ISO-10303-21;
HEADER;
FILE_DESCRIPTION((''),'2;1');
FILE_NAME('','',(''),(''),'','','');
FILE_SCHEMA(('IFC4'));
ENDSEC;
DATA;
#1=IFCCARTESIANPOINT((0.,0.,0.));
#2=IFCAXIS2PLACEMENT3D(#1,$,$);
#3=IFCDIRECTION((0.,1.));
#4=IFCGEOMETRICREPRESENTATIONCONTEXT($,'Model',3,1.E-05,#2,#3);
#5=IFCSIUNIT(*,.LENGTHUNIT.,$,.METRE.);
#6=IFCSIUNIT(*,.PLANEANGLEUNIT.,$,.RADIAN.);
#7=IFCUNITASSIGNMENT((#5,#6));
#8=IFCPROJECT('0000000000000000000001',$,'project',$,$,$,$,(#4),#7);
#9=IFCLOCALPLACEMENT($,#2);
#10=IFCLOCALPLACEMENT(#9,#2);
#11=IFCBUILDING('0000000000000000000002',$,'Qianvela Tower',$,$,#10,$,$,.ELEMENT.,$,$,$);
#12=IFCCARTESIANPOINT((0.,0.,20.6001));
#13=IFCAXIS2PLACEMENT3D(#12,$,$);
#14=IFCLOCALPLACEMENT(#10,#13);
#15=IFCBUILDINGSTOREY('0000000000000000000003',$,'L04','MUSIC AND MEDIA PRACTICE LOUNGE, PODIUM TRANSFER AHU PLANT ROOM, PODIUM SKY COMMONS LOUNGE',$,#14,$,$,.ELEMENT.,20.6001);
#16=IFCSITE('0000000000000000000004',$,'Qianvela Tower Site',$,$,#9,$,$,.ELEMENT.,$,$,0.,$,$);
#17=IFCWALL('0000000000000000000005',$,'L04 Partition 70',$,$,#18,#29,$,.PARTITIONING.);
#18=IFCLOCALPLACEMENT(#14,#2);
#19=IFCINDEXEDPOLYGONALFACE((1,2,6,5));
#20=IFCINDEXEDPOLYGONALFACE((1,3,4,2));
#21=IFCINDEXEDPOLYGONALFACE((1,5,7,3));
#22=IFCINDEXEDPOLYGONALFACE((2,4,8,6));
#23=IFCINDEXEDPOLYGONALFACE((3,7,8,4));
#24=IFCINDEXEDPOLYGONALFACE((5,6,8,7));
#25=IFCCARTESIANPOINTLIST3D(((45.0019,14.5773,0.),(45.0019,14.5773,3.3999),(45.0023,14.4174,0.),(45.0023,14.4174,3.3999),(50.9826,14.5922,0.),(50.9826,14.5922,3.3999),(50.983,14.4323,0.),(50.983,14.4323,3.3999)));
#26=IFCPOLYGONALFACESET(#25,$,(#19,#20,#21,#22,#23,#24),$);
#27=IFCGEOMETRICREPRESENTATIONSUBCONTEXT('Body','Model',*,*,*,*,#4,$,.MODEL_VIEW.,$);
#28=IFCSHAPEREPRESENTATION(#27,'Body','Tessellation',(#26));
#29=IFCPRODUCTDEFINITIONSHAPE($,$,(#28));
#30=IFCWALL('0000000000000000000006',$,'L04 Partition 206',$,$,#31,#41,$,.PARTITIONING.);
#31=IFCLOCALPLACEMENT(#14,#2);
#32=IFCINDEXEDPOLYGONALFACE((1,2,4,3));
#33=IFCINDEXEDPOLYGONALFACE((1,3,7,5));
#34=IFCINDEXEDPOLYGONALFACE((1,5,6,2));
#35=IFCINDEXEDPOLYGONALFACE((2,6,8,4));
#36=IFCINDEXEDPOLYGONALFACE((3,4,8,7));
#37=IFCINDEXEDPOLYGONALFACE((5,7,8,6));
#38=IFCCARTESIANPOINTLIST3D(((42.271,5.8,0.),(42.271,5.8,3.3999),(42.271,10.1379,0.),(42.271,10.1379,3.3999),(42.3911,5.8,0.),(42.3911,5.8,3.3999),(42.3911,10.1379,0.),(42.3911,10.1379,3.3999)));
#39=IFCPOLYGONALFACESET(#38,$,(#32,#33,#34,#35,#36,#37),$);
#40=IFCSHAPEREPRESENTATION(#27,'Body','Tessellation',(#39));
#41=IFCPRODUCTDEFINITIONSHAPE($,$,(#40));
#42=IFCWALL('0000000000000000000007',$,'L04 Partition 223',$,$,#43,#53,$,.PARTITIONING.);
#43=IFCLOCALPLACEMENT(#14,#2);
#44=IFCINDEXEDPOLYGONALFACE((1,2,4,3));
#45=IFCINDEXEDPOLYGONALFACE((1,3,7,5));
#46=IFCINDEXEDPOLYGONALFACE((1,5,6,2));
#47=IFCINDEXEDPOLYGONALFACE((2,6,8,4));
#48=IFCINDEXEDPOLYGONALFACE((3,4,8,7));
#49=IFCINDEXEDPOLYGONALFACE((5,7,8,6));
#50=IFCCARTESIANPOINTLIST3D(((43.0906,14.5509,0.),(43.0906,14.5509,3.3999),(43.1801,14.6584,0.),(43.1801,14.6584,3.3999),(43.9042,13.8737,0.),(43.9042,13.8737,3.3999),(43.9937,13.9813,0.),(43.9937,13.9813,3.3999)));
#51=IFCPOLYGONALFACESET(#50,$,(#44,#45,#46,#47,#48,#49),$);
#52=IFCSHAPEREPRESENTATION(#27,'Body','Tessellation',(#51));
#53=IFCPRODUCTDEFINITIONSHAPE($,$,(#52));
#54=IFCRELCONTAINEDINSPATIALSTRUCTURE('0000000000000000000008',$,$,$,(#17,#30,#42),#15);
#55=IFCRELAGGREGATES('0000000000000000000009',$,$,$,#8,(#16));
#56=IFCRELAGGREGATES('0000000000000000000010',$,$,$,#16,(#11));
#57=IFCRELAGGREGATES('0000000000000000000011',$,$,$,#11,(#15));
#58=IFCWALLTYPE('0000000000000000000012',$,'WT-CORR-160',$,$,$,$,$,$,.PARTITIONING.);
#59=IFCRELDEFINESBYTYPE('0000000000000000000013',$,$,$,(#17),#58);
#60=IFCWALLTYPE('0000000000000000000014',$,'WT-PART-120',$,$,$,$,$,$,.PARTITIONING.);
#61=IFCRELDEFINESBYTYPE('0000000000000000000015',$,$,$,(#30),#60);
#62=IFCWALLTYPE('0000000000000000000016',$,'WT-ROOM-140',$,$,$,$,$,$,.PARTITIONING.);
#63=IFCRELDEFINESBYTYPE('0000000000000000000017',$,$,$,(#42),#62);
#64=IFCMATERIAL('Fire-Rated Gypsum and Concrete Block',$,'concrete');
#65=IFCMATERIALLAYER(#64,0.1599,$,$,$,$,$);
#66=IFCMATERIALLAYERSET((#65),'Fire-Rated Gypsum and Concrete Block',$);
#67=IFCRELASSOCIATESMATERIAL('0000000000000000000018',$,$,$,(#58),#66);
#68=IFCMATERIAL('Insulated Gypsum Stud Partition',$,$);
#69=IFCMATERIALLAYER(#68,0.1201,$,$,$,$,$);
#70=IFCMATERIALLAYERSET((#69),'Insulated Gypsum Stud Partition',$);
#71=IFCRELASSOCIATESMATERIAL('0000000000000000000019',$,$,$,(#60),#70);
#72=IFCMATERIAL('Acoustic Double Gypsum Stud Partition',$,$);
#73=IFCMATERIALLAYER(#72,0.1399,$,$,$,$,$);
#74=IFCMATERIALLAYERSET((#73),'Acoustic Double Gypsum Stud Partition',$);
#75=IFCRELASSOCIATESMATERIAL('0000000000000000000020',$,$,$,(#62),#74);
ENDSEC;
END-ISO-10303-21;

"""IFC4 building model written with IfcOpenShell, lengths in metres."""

from ifc_helpers import new_model, si_unit, direction, frame, frame_2d, origin, place, context, subcontext, project, spatial, rectangle, extrude, material, layer, layer_set, type_object, element, save


model = new_model("IFC4")

# Units and contexts
model_context = context("Model", 3, precision=1e-05, world=origin(), true_north=direction((0.0, 1.0)))
body_context = subcontext(model_context, "Body", "Model", "MODEL_VIEW")
ifc_project = project(units=[si_unit("LENGTHUNIT", "METRE"), si_unit("PLANEANGLEUNIT", "RADIAN")], contexts=[model_context])

# Site, building, storey
site_placement = place(None, origin())
site = spatial("IfcSite", under=ifc_project, at=site_placement, Name="Qianvela Tower Site", CompositionType="ELEMENT", RefElevation=0.0)
building_placement = place(site_placement, origin())
building = spatial("IfcBuilding", under=site, at=building_placement, Name="Qianvela Tower", CompositionType="ELEMENT")
storey_placement = place(building_placement, frame((0.0, 0.0, 20.6001)))
storey = spatial("IfcBuildingStorey", under=building, at=storey_placement, Name="L04", Description="MUSIC AND MEDIA PRACTICE LOUNGE, PODIUM TRANSFER AHU PLANT ROOM, PODIUM SKY COMMONS LOUNGE", CompositionType="ELEMENT", Elevation=20.6001)

# Walls
ifc_material_1 = material(Name="Fire-Rated Gypsum and Concrete Block", Category="concrete")
ifc_layer_1 = layer(ifc_material_1, 0.1599)
ifc_layer_set_1 = layer_set([ifc_layer_1], Name="Fire-Rated Gypsum and Concrete Block")
wall_type_1 = type_object("IfcWallType", Name="WT-CORR-160", PredefinedType="PARTITIONING", material=ifc_layer_set_1)
wall_1_placement = place(storey_placement, frame((45.0022, 14.4973, 0.0), z_axis=(0.0, 0.0, 1.0), x_axis=(0.999997, 0.00249, 0.0)))
element("IfcWall", 1, at=wall_1_placement, inside=storey, type_object=wall_type_1, Name="L04 Partition 70", PredefinedType="PARTITIONING", context=body_context, shape_type="SweptSolid", body=[
    extrude(rectangle(XDim=5.9807, YDim=0.1599, at=frame_2d((2.9902, 0.0))), origin(), (0.0, 0.0, 1.0), 3.3999),
])
ifc_material_2 = material(Name="Insulated Gypsum Stud Partition")
ifc_layer_2 = layer(ifc_material_2, 0.1201)
ifc_layer_set_2 = layer_set([ifc_layer_2], Name="Insulated Gypsum Stud Partition")
wall_type_2 = type_object("IfcWallType", Name="WT-PART-120", PredefinedType="PARTITIONING", material=ifc_layer_set_2)
wall_2_placement = place(storey_placement, frame((42.3311, 5.8, 0.0), z_axis=(0.0, 0.0, 1.0), x_axis=(0.0, 1.0, 0.0)))
element("IfcWall", 2, at=wall_2_placement, inside=storey, type_object=wall_type_2, Name="L04 Partition 206", PredefinedType="PARTITIONING", context=body_context, shape_type="SweptSolid", body=[
    extrude(rectangle(XDim=4.3379, YDim=0.1201, at=frame_2d((2.1689, 0.0))), origin(), (0.0, 0.0, 1.0), 3.3999),
])
ifc_material_3 = material(Name="Acoustic Double Gypsum Stud Partition")
ifc_layer_3 = layer(ifc_material_3, 0.1399)
ifc_layer_set_3 = layer_set([ifc_layer_3], Name="Acoustic Double Gypsum Stud Partition")
wall_type_3 = type_object("IfcWallType", Name="WT-ROOM-140", PredefinedType="PARTITIONING", material=ifc_layer_set_3)
wall_3_placement = place(storey_placement, frame((43.949, 13.9275, 0.0), z_axis=(0.0, 0.0, 1.0), x_axis=(-0.768618, 0.639708, 0.0)))
element("IfcWall", 3, at=wall_3_placement, inside=storey, type_object=wall_type_3, Name="L04 Partition 223", PredefinedType="PARTITIONING", context=body_context, shape_type="SweptSolid", body=[
    extrude(rectangle(XDim=1.0586, YDim=0.1399, at=frame_2d((0.5293, 0.0))), origin(), (0.0, 0.0, 1.0), 3.3999),
])

save(model, "model.ifc")
